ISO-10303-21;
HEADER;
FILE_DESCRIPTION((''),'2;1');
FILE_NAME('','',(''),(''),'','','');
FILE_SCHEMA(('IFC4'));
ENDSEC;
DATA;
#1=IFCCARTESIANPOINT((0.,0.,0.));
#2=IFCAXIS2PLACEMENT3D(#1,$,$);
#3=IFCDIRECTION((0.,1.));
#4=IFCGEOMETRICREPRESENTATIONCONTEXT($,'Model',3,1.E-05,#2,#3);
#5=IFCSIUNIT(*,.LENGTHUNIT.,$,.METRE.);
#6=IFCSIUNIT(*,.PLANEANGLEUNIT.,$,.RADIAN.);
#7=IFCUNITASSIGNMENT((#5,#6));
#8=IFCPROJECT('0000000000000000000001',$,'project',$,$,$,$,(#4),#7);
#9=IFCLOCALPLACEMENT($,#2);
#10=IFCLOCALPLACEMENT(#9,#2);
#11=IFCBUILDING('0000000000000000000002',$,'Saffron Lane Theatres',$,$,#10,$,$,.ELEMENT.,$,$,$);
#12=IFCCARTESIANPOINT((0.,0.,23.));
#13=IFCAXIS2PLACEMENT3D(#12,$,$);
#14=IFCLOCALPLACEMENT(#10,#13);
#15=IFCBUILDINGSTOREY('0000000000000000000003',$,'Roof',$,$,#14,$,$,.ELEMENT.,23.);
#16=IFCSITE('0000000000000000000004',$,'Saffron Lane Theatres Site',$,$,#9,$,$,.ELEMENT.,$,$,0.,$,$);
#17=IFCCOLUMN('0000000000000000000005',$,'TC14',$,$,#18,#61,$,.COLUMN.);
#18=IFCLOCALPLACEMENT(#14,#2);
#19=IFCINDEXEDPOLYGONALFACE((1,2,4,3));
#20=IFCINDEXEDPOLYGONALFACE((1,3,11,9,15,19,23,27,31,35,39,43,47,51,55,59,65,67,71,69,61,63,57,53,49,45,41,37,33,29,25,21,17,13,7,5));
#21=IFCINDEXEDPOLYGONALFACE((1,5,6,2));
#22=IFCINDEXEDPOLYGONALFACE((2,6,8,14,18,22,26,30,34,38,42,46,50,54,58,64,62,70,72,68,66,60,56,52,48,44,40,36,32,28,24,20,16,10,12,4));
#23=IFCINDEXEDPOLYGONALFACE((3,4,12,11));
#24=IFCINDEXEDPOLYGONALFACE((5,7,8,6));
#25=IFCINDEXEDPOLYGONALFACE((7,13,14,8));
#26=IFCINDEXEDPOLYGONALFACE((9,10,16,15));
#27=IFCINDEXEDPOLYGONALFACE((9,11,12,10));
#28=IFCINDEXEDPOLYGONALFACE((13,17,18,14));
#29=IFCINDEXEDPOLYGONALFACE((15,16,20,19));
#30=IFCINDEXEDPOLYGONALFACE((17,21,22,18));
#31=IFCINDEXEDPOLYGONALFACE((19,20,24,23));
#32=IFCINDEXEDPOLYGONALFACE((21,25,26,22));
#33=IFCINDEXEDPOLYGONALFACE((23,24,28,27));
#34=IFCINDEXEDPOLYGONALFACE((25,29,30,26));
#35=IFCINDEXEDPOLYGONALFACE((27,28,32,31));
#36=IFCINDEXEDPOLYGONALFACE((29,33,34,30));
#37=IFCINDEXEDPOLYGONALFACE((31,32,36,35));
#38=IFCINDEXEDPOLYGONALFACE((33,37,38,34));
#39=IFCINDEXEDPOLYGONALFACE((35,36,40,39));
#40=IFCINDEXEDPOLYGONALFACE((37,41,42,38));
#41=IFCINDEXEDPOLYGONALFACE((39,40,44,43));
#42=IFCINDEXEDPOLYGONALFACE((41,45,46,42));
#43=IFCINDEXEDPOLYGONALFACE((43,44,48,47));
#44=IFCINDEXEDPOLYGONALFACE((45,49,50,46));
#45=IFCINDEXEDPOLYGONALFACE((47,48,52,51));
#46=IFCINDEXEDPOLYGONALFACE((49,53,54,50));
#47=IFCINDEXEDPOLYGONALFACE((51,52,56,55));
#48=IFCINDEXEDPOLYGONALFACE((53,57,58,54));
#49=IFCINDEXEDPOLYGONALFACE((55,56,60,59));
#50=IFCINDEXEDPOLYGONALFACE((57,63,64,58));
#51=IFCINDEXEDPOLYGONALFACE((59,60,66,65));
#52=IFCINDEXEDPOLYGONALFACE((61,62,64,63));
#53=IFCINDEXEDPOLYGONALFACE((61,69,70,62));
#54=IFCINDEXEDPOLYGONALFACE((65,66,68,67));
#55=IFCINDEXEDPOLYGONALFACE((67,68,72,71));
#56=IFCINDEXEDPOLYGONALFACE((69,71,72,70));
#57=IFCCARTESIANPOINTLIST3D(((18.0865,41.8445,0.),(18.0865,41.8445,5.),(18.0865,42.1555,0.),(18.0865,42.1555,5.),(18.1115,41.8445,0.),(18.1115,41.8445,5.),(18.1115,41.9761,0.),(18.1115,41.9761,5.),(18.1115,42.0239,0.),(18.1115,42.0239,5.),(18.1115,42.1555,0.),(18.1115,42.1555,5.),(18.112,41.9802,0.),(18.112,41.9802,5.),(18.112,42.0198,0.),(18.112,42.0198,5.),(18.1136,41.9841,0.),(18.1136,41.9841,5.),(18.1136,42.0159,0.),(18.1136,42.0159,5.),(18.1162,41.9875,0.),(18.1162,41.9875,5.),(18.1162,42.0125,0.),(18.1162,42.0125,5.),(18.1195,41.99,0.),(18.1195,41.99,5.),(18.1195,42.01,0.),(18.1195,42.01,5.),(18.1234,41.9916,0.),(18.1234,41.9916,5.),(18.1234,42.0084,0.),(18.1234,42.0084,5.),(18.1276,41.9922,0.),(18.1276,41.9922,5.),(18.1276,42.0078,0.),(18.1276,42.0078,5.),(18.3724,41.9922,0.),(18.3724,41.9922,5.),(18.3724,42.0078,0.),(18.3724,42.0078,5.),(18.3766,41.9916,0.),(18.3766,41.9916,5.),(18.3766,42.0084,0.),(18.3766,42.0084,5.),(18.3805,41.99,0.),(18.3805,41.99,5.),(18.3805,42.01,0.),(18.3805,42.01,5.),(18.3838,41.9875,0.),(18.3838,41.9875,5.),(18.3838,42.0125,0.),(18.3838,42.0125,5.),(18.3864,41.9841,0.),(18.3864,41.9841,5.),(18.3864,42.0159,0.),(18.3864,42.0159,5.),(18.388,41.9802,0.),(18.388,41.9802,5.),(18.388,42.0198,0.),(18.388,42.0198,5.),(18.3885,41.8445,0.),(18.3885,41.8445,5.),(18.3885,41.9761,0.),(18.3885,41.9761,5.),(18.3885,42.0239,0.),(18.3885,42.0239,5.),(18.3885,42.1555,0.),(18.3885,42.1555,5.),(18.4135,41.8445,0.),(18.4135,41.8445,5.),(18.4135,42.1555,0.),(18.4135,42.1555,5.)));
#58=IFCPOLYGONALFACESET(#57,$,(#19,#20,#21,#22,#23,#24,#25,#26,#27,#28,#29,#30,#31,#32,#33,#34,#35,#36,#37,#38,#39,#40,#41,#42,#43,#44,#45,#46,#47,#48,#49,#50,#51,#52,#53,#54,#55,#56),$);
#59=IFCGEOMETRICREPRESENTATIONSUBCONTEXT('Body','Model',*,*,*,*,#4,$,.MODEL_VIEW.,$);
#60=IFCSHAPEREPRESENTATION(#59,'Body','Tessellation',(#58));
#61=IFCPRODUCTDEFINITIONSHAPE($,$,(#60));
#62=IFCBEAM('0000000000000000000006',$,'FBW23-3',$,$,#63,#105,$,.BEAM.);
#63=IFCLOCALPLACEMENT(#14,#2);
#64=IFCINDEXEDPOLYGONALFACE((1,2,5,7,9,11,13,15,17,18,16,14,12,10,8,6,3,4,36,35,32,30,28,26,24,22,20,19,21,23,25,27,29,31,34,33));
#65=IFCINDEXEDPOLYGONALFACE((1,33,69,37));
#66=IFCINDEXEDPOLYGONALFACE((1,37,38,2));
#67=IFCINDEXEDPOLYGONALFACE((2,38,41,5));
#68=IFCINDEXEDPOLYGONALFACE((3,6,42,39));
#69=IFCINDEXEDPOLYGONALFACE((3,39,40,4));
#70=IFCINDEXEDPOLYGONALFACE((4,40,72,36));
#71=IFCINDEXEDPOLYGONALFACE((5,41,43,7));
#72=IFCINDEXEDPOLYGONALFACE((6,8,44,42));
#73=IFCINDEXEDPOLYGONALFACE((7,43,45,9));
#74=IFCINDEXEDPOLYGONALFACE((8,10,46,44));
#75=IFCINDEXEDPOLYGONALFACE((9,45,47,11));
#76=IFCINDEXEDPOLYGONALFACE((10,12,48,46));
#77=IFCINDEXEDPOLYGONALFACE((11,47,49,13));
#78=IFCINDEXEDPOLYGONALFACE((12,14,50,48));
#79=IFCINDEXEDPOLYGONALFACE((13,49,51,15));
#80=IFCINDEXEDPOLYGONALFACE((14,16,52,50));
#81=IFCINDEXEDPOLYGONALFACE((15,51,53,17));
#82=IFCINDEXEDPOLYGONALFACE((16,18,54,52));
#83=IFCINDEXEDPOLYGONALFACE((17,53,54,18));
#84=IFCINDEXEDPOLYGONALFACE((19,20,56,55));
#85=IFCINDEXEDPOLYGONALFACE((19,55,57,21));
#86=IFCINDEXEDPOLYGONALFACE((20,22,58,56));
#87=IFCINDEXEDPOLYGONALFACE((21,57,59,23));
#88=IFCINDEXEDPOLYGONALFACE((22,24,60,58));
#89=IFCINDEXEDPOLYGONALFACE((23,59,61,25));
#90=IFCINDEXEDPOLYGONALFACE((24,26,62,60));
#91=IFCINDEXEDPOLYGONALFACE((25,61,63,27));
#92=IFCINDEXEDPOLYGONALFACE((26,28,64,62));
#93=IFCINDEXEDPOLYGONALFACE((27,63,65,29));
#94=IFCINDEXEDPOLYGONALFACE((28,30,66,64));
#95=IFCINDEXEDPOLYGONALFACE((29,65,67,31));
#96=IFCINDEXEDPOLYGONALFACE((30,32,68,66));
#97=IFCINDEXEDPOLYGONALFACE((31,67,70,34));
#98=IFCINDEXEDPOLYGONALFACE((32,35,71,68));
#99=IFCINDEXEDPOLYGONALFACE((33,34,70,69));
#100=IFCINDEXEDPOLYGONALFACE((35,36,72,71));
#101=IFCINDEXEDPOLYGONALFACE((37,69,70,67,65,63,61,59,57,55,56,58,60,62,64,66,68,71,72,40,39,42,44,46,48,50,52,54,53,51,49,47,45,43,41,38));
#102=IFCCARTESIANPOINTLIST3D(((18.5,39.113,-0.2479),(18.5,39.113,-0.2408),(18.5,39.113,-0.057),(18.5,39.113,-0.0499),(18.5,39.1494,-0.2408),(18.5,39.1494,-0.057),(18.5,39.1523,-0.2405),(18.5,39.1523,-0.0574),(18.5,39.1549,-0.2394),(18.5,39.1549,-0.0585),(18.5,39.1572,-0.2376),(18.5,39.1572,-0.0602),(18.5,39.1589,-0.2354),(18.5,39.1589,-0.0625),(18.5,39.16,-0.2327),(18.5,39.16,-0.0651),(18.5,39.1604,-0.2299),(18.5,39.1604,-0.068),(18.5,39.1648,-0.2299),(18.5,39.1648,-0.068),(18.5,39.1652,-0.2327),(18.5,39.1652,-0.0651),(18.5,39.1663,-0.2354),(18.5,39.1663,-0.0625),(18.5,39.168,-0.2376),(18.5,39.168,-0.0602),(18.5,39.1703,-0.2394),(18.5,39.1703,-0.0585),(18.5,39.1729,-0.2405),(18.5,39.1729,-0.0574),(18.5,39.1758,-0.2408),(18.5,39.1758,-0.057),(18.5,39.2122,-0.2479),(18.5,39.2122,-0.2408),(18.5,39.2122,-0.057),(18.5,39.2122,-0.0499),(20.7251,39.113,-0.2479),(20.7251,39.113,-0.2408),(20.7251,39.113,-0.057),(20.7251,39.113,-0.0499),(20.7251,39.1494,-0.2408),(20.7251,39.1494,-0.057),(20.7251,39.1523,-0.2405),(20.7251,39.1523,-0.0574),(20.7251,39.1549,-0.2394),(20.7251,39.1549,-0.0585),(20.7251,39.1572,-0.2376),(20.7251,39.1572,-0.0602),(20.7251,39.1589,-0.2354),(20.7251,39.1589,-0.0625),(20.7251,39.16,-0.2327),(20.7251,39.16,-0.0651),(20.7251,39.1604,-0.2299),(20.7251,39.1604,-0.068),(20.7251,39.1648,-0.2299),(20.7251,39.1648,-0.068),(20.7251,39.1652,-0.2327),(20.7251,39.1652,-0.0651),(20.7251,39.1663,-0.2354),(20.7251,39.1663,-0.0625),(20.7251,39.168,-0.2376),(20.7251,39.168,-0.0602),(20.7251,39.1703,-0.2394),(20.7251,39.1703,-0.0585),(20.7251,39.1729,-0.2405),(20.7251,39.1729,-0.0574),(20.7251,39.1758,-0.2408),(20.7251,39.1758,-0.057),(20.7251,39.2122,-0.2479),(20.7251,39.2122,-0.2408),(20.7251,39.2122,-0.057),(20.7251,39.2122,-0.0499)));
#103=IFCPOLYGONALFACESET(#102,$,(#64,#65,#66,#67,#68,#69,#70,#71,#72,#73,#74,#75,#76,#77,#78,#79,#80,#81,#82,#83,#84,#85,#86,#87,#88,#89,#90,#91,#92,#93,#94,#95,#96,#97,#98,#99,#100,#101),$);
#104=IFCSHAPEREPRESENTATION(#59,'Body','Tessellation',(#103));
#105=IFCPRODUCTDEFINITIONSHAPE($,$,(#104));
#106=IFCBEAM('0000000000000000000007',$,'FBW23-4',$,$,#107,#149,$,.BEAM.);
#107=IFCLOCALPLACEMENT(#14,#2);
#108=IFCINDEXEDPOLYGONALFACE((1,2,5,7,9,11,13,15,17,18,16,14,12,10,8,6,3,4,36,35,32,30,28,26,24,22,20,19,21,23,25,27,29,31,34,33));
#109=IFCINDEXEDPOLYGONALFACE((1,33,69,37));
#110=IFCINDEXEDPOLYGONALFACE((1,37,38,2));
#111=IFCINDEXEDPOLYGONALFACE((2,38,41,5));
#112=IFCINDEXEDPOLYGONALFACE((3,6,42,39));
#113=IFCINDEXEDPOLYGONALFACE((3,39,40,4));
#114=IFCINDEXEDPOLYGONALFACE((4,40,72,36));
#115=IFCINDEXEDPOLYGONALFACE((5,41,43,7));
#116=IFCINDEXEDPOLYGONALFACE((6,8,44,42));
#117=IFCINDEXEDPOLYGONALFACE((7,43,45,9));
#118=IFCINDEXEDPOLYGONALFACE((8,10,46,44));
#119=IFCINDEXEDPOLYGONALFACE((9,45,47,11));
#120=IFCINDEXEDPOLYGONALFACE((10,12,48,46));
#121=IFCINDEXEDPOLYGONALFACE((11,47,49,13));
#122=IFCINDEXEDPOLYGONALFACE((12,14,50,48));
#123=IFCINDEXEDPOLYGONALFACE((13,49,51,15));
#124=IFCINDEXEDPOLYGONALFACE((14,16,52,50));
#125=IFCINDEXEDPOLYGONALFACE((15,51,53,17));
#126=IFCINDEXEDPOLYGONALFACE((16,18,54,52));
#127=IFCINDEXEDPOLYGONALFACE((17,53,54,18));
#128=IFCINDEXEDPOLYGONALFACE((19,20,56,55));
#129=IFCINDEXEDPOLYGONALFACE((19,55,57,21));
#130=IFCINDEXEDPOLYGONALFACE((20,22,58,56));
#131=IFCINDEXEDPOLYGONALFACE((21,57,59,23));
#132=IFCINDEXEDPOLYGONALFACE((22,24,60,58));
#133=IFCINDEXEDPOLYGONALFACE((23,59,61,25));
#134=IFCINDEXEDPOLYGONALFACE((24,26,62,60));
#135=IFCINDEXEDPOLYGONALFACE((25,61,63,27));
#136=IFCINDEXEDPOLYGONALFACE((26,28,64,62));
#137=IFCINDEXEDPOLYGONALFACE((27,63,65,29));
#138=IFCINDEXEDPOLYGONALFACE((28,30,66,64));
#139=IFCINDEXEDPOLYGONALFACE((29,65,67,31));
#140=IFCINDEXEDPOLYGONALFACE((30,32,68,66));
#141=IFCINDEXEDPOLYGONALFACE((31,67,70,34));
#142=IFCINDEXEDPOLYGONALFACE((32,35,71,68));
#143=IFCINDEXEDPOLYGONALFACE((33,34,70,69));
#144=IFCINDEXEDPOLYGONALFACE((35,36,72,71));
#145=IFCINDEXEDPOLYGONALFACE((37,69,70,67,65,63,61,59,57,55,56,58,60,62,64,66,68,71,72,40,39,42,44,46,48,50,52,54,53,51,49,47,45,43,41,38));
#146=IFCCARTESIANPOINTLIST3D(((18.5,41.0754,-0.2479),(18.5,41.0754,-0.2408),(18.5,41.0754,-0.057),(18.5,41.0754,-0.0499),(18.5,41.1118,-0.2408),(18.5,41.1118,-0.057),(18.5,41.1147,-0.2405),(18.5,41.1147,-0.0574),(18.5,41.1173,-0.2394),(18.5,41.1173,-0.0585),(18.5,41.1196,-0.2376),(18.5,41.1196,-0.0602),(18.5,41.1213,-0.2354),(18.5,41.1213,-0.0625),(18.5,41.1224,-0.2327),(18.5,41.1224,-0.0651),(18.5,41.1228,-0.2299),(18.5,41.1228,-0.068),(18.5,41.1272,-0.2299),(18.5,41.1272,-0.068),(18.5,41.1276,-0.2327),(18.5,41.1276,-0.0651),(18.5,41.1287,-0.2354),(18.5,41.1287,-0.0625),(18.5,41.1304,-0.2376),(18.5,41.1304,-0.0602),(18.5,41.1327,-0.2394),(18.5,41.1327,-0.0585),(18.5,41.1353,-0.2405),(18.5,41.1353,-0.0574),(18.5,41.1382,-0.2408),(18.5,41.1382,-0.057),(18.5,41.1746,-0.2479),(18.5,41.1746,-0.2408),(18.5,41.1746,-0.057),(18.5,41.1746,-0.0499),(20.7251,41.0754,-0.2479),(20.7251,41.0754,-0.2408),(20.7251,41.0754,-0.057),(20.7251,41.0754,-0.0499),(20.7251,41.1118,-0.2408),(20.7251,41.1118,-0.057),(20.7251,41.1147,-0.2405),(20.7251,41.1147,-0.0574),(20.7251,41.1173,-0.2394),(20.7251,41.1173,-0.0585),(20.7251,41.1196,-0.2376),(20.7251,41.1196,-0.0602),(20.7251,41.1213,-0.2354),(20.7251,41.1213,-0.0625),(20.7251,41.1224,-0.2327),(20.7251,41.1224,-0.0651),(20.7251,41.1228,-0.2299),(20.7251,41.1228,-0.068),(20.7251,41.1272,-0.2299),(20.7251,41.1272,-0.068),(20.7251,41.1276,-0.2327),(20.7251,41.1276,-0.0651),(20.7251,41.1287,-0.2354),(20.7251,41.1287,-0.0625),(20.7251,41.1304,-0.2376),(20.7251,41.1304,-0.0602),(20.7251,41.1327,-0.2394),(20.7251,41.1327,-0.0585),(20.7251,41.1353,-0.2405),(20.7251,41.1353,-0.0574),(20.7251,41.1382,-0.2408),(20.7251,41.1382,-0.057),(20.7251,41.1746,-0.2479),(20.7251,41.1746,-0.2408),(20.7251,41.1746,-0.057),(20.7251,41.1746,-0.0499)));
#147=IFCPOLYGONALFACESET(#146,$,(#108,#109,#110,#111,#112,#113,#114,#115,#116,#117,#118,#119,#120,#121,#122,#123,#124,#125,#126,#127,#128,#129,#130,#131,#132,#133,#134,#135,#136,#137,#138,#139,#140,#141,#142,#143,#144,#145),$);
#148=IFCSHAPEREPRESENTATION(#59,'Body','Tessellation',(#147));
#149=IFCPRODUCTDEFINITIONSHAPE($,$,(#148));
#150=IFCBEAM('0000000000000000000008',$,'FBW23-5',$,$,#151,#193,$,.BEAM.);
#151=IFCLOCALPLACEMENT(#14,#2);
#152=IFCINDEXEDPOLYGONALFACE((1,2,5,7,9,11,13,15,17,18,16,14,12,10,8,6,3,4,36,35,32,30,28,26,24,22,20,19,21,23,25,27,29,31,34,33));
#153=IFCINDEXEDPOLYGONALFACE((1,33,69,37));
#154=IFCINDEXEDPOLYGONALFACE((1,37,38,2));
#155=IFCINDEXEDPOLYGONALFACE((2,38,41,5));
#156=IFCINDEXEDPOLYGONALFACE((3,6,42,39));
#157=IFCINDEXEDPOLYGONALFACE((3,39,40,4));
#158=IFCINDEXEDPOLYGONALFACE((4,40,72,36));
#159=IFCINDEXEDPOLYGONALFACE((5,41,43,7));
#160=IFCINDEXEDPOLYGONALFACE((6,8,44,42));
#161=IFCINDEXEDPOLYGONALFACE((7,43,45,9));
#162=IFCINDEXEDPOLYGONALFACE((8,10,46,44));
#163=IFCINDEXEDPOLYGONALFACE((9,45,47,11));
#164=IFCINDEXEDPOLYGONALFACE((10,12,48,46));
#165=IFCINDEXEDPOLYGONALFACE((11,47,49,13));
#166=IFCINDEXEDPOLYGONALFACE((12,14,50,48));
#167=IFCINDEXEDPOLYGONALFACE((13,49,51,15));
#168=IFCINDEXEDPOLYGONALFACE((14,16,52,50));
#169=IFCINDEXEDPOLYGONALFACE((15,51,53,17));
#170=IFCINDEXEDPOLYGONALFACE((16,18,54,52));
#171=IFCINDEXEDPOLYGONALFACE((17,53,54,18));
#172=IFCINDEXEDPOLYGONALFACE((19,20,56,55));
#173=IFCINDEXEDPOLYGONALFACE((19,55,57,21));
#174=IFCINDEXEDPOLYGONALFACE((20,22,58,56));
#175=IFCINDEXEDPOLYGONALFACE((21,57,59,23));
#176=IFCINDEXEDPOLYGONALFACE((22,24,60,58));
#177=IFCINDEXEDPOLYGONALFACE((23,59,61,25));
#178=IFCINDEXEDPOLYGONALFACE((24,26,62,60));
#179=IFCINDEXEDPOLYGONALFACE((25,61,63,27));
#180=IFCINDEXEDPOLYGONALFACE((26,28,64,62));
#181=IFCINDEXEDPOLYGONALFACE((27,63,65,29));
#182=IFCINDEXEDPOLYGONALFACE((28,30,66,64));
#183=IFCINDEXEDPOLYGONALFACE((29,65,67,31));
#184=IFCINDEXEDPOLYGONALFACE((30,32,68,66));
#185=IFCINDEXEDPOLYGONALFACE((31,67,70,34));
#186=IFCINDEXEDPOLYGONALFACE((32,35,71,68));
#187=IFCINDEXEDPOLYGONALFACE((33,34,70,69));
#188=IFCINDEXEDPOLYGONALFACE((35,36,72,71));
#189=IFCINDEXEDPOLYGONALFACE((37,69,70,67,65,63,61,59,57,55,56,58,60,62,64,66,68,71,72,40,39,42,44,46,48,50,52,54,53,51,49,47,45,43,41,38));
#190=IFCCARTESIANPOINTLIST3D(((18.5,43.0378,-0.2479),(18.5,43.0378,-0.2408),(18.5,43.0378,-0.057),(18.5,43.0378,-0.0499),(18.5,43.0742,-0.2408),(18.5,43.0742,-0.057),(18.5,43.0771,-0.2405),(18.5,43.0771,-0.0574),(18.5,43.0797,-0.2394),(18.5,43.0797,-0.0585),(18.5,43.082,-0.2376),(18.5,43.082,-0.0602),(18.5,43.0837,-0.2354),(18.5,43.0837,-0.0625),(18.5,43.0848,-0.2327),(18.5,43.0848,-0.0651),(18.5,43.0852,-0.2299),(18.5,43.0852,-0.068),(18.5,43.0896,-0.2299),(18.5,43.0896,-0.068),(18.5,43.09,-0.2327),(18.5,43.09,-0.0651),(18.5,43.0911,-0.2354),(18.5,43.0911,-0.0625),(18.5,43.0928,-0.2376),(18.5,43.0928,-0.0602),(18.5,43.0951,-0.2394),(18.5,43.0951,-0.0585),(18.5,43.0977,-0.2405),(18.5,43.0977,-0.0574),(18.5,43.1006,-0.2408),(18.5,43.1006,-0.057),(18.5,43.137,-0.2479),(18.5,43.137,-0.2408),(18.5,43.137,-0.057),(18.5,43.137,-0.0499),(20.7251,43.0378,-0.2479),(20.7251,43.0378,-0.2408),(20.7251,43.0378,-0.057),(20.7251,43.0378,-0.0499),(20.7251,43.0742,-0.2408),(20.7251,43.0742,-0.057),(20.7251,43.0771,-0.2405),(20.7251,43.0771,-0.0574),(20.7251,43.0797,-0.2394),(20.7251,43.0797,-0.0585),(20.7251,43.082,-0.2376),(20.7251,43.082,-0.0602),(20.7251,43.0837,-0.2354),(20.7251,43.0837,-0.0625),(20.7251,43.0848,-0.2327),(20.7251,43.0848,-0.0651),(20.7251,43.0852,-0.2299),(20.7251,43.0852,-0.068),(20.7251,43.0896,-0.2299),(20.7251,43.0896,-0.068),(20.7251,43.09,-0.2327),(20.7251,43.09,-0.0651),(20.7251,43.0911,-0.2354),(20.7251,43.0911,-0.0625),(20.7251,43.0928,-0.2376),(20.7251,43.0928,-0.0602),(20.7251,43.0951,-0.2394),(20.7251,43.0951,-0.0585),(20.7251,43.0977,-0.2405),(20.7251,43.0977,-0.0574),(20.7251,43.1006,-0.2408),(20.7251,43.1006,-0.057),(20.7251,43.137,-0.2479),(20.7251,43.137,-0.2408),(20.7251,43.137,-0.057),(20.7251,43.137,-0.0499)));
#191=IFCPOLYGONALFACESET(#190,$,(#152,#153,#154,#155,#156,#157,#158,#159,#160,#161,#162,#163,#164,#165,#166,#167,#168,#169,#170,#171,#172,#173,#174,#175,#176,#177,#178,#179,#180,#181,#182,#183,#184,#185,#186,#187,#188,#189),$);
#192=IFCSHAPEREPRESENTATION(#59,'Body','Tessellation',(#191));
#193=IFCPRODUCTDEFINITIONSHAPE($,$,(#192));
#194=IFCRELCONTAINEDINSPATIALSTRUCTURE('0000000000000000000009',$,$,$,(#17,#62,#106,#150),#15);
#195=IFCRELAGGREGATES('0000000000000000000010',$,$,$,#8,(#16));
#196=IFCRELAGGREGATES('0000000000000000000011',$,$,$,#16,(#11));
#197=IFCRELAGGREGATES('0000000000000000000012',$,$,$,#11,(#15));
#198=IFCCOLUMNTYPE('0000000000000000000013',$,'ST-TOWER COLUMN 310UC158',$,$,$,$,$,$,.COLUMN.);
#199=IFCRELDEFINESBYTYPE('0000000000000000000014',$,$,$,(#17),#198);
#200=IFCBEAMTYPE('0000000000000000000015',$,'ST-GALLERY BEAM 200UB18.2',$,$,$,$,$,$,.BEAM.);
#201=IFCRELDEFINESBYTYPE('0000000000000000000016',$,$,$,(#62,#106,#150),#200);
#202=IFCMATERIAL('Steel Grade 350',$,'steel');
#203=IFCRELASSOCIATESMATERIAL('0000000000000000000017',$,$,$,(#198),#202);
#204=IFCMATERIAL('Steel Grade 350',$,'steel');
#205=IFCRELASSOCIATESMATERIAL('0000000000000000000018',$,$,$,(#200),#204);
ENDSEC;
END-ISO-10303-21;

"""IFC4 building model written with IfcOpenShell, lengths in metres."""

from ifc_helpers import new_model, si_unit, direction, frame, origin, origin_2d, place, context, subcontext, project, spatial, i_section, extrude, material, material_profile, profile_set, type_object, element, save


model = new_model("IFC4")

# Units and contexts
model_context = context("Model", 3, precision=1e-05, world=origin(), true_north=direction((0.0, 1.0)))
body_context = subcontext(model_context, "Body", "Model", "MODEL_VIEW")
ifc_project = project(units=[si_unit("LENGTHUNIT", "METRE"), si_unit("PLANEANGLEUNIT", "RADIAN")], contexts=[model_context])

# Site, building, storey
site_placement = place(None, origin())
site = spatial("IfcSite", under=ifc_project, at=site_placement, Name="Saffron Lane Theatres Site", CompositionType="ELEMENT", RefElevation=0.0)
building_placement = place(site_placement, origin())
building = spatial("IfcBuilding", under=site, at=building_placement, Name="Saffron Lane Theatres", CompositionType="ELEMENT")
storey_placement = place(building_placement, frame((0.0, 0.0, 23.0)))
storey = spatial("IfcBuildingStorey", under=building, at=storey_placement, Name="Roof", CompositionType="ELEMENT", Elevation=23.0)

# Column
ifc_material_1 = material(Name="Steel Grade 350", Category="steel")
ifc_material_profile_1 = material_profile(ifc_material_1, i_section(OverallWidth=0.311, OverallDepth=0.3269, WebThickness=0.0156, FlangeThickness=0.0249, FilletRadius=0.0161, at=origin_2d()))
ifc_profile_set_1 = profile_set([ifc_material_profile_1], Name="Steel Grade 350")
column_type = type_object("IfcColumnType", Name="ST-TOWER COLUMN 310UC158", PredefinedType="COLUMN", material=ifc_profile_set_1)
column_placement = place(storey_placement, frame((18.25, 42.0, 0.0), z_axis=(0.0, 0.0, 1.0), x_axis=(0.0, 1.0, 0.0)))
element("IfcColumn", 1, at=column_placement, inside=storey, type_object=column_type, Name="TC14", PredefinedType="COLUMN", context=body_context, shape_type="SweptSolid", body=[
    extrude(i_section(OverallWidth=0.311, OverallDepth=0.3269, WebThickness=0.0156, FlangeThickness=0.0249, FilletRadius=0.0161, at=origin_2d()), origin(), (0.0, 0.0, 1.0), 5.0),
])

# Beams
ifc_material_2 = material(Name="Steel Grade 350", Category="steel")
ifc_material_profile_2 = material_profile(ifc_material_2, i_section(OverallWidth=0.0991, OverallDepth=0.198, WebThickness=0.0044, FlangeThickness=0.0071, FilletRadius=0.011, at=origin_2d()))
ifc_profile_set_2 = profile_set([ifc_material_profile_2], Name="Steel Grade 350")
beam_type_1 = type_object("IfcBeamType", Name="ST-GALLERY BEAM 200UB18.2", PredefinedType="BEAM", material=ifc_profile_set_2)
for number, where, z_axis, x_axis, name in (
    (2, (18.5, 39.1626, -0.1489), (1.0, 0.0, 0.0), (0.0, 1.0, 0.0), "FBW23-3"),
    (3, (18.5, 41.125, -0.1489), (1.0, 0.0, 0.0), (0.0, 1.0, 0.0), "FBW23-4"),
    (4, (18.5, 43.0874, -0.1489), (1.0, 0.0, 0.0), (0.0, 1.0, 0.0), "FBW23-5"),
):
    element("IfcBeam", number, at=place(storey_placement, frame(where, z_axis=z_axis, x_axis=x_axis)), inside=storey, type_object=beam_type_1, Name=name, PredefinedType="BEAM", context=body_context, shape_type="SweptSolid", body=[
        extrude(i_section(OverallWidth=0.0991, OverallDepth=0.198, WebThickness=0.0044, FlangeThickness=0.0071, FilletRadius=0.011, at=origin_2d()), origin(), (0.0, 0.0, 1.0), 2.2251),
    ])

save(model, "model.ifc")
